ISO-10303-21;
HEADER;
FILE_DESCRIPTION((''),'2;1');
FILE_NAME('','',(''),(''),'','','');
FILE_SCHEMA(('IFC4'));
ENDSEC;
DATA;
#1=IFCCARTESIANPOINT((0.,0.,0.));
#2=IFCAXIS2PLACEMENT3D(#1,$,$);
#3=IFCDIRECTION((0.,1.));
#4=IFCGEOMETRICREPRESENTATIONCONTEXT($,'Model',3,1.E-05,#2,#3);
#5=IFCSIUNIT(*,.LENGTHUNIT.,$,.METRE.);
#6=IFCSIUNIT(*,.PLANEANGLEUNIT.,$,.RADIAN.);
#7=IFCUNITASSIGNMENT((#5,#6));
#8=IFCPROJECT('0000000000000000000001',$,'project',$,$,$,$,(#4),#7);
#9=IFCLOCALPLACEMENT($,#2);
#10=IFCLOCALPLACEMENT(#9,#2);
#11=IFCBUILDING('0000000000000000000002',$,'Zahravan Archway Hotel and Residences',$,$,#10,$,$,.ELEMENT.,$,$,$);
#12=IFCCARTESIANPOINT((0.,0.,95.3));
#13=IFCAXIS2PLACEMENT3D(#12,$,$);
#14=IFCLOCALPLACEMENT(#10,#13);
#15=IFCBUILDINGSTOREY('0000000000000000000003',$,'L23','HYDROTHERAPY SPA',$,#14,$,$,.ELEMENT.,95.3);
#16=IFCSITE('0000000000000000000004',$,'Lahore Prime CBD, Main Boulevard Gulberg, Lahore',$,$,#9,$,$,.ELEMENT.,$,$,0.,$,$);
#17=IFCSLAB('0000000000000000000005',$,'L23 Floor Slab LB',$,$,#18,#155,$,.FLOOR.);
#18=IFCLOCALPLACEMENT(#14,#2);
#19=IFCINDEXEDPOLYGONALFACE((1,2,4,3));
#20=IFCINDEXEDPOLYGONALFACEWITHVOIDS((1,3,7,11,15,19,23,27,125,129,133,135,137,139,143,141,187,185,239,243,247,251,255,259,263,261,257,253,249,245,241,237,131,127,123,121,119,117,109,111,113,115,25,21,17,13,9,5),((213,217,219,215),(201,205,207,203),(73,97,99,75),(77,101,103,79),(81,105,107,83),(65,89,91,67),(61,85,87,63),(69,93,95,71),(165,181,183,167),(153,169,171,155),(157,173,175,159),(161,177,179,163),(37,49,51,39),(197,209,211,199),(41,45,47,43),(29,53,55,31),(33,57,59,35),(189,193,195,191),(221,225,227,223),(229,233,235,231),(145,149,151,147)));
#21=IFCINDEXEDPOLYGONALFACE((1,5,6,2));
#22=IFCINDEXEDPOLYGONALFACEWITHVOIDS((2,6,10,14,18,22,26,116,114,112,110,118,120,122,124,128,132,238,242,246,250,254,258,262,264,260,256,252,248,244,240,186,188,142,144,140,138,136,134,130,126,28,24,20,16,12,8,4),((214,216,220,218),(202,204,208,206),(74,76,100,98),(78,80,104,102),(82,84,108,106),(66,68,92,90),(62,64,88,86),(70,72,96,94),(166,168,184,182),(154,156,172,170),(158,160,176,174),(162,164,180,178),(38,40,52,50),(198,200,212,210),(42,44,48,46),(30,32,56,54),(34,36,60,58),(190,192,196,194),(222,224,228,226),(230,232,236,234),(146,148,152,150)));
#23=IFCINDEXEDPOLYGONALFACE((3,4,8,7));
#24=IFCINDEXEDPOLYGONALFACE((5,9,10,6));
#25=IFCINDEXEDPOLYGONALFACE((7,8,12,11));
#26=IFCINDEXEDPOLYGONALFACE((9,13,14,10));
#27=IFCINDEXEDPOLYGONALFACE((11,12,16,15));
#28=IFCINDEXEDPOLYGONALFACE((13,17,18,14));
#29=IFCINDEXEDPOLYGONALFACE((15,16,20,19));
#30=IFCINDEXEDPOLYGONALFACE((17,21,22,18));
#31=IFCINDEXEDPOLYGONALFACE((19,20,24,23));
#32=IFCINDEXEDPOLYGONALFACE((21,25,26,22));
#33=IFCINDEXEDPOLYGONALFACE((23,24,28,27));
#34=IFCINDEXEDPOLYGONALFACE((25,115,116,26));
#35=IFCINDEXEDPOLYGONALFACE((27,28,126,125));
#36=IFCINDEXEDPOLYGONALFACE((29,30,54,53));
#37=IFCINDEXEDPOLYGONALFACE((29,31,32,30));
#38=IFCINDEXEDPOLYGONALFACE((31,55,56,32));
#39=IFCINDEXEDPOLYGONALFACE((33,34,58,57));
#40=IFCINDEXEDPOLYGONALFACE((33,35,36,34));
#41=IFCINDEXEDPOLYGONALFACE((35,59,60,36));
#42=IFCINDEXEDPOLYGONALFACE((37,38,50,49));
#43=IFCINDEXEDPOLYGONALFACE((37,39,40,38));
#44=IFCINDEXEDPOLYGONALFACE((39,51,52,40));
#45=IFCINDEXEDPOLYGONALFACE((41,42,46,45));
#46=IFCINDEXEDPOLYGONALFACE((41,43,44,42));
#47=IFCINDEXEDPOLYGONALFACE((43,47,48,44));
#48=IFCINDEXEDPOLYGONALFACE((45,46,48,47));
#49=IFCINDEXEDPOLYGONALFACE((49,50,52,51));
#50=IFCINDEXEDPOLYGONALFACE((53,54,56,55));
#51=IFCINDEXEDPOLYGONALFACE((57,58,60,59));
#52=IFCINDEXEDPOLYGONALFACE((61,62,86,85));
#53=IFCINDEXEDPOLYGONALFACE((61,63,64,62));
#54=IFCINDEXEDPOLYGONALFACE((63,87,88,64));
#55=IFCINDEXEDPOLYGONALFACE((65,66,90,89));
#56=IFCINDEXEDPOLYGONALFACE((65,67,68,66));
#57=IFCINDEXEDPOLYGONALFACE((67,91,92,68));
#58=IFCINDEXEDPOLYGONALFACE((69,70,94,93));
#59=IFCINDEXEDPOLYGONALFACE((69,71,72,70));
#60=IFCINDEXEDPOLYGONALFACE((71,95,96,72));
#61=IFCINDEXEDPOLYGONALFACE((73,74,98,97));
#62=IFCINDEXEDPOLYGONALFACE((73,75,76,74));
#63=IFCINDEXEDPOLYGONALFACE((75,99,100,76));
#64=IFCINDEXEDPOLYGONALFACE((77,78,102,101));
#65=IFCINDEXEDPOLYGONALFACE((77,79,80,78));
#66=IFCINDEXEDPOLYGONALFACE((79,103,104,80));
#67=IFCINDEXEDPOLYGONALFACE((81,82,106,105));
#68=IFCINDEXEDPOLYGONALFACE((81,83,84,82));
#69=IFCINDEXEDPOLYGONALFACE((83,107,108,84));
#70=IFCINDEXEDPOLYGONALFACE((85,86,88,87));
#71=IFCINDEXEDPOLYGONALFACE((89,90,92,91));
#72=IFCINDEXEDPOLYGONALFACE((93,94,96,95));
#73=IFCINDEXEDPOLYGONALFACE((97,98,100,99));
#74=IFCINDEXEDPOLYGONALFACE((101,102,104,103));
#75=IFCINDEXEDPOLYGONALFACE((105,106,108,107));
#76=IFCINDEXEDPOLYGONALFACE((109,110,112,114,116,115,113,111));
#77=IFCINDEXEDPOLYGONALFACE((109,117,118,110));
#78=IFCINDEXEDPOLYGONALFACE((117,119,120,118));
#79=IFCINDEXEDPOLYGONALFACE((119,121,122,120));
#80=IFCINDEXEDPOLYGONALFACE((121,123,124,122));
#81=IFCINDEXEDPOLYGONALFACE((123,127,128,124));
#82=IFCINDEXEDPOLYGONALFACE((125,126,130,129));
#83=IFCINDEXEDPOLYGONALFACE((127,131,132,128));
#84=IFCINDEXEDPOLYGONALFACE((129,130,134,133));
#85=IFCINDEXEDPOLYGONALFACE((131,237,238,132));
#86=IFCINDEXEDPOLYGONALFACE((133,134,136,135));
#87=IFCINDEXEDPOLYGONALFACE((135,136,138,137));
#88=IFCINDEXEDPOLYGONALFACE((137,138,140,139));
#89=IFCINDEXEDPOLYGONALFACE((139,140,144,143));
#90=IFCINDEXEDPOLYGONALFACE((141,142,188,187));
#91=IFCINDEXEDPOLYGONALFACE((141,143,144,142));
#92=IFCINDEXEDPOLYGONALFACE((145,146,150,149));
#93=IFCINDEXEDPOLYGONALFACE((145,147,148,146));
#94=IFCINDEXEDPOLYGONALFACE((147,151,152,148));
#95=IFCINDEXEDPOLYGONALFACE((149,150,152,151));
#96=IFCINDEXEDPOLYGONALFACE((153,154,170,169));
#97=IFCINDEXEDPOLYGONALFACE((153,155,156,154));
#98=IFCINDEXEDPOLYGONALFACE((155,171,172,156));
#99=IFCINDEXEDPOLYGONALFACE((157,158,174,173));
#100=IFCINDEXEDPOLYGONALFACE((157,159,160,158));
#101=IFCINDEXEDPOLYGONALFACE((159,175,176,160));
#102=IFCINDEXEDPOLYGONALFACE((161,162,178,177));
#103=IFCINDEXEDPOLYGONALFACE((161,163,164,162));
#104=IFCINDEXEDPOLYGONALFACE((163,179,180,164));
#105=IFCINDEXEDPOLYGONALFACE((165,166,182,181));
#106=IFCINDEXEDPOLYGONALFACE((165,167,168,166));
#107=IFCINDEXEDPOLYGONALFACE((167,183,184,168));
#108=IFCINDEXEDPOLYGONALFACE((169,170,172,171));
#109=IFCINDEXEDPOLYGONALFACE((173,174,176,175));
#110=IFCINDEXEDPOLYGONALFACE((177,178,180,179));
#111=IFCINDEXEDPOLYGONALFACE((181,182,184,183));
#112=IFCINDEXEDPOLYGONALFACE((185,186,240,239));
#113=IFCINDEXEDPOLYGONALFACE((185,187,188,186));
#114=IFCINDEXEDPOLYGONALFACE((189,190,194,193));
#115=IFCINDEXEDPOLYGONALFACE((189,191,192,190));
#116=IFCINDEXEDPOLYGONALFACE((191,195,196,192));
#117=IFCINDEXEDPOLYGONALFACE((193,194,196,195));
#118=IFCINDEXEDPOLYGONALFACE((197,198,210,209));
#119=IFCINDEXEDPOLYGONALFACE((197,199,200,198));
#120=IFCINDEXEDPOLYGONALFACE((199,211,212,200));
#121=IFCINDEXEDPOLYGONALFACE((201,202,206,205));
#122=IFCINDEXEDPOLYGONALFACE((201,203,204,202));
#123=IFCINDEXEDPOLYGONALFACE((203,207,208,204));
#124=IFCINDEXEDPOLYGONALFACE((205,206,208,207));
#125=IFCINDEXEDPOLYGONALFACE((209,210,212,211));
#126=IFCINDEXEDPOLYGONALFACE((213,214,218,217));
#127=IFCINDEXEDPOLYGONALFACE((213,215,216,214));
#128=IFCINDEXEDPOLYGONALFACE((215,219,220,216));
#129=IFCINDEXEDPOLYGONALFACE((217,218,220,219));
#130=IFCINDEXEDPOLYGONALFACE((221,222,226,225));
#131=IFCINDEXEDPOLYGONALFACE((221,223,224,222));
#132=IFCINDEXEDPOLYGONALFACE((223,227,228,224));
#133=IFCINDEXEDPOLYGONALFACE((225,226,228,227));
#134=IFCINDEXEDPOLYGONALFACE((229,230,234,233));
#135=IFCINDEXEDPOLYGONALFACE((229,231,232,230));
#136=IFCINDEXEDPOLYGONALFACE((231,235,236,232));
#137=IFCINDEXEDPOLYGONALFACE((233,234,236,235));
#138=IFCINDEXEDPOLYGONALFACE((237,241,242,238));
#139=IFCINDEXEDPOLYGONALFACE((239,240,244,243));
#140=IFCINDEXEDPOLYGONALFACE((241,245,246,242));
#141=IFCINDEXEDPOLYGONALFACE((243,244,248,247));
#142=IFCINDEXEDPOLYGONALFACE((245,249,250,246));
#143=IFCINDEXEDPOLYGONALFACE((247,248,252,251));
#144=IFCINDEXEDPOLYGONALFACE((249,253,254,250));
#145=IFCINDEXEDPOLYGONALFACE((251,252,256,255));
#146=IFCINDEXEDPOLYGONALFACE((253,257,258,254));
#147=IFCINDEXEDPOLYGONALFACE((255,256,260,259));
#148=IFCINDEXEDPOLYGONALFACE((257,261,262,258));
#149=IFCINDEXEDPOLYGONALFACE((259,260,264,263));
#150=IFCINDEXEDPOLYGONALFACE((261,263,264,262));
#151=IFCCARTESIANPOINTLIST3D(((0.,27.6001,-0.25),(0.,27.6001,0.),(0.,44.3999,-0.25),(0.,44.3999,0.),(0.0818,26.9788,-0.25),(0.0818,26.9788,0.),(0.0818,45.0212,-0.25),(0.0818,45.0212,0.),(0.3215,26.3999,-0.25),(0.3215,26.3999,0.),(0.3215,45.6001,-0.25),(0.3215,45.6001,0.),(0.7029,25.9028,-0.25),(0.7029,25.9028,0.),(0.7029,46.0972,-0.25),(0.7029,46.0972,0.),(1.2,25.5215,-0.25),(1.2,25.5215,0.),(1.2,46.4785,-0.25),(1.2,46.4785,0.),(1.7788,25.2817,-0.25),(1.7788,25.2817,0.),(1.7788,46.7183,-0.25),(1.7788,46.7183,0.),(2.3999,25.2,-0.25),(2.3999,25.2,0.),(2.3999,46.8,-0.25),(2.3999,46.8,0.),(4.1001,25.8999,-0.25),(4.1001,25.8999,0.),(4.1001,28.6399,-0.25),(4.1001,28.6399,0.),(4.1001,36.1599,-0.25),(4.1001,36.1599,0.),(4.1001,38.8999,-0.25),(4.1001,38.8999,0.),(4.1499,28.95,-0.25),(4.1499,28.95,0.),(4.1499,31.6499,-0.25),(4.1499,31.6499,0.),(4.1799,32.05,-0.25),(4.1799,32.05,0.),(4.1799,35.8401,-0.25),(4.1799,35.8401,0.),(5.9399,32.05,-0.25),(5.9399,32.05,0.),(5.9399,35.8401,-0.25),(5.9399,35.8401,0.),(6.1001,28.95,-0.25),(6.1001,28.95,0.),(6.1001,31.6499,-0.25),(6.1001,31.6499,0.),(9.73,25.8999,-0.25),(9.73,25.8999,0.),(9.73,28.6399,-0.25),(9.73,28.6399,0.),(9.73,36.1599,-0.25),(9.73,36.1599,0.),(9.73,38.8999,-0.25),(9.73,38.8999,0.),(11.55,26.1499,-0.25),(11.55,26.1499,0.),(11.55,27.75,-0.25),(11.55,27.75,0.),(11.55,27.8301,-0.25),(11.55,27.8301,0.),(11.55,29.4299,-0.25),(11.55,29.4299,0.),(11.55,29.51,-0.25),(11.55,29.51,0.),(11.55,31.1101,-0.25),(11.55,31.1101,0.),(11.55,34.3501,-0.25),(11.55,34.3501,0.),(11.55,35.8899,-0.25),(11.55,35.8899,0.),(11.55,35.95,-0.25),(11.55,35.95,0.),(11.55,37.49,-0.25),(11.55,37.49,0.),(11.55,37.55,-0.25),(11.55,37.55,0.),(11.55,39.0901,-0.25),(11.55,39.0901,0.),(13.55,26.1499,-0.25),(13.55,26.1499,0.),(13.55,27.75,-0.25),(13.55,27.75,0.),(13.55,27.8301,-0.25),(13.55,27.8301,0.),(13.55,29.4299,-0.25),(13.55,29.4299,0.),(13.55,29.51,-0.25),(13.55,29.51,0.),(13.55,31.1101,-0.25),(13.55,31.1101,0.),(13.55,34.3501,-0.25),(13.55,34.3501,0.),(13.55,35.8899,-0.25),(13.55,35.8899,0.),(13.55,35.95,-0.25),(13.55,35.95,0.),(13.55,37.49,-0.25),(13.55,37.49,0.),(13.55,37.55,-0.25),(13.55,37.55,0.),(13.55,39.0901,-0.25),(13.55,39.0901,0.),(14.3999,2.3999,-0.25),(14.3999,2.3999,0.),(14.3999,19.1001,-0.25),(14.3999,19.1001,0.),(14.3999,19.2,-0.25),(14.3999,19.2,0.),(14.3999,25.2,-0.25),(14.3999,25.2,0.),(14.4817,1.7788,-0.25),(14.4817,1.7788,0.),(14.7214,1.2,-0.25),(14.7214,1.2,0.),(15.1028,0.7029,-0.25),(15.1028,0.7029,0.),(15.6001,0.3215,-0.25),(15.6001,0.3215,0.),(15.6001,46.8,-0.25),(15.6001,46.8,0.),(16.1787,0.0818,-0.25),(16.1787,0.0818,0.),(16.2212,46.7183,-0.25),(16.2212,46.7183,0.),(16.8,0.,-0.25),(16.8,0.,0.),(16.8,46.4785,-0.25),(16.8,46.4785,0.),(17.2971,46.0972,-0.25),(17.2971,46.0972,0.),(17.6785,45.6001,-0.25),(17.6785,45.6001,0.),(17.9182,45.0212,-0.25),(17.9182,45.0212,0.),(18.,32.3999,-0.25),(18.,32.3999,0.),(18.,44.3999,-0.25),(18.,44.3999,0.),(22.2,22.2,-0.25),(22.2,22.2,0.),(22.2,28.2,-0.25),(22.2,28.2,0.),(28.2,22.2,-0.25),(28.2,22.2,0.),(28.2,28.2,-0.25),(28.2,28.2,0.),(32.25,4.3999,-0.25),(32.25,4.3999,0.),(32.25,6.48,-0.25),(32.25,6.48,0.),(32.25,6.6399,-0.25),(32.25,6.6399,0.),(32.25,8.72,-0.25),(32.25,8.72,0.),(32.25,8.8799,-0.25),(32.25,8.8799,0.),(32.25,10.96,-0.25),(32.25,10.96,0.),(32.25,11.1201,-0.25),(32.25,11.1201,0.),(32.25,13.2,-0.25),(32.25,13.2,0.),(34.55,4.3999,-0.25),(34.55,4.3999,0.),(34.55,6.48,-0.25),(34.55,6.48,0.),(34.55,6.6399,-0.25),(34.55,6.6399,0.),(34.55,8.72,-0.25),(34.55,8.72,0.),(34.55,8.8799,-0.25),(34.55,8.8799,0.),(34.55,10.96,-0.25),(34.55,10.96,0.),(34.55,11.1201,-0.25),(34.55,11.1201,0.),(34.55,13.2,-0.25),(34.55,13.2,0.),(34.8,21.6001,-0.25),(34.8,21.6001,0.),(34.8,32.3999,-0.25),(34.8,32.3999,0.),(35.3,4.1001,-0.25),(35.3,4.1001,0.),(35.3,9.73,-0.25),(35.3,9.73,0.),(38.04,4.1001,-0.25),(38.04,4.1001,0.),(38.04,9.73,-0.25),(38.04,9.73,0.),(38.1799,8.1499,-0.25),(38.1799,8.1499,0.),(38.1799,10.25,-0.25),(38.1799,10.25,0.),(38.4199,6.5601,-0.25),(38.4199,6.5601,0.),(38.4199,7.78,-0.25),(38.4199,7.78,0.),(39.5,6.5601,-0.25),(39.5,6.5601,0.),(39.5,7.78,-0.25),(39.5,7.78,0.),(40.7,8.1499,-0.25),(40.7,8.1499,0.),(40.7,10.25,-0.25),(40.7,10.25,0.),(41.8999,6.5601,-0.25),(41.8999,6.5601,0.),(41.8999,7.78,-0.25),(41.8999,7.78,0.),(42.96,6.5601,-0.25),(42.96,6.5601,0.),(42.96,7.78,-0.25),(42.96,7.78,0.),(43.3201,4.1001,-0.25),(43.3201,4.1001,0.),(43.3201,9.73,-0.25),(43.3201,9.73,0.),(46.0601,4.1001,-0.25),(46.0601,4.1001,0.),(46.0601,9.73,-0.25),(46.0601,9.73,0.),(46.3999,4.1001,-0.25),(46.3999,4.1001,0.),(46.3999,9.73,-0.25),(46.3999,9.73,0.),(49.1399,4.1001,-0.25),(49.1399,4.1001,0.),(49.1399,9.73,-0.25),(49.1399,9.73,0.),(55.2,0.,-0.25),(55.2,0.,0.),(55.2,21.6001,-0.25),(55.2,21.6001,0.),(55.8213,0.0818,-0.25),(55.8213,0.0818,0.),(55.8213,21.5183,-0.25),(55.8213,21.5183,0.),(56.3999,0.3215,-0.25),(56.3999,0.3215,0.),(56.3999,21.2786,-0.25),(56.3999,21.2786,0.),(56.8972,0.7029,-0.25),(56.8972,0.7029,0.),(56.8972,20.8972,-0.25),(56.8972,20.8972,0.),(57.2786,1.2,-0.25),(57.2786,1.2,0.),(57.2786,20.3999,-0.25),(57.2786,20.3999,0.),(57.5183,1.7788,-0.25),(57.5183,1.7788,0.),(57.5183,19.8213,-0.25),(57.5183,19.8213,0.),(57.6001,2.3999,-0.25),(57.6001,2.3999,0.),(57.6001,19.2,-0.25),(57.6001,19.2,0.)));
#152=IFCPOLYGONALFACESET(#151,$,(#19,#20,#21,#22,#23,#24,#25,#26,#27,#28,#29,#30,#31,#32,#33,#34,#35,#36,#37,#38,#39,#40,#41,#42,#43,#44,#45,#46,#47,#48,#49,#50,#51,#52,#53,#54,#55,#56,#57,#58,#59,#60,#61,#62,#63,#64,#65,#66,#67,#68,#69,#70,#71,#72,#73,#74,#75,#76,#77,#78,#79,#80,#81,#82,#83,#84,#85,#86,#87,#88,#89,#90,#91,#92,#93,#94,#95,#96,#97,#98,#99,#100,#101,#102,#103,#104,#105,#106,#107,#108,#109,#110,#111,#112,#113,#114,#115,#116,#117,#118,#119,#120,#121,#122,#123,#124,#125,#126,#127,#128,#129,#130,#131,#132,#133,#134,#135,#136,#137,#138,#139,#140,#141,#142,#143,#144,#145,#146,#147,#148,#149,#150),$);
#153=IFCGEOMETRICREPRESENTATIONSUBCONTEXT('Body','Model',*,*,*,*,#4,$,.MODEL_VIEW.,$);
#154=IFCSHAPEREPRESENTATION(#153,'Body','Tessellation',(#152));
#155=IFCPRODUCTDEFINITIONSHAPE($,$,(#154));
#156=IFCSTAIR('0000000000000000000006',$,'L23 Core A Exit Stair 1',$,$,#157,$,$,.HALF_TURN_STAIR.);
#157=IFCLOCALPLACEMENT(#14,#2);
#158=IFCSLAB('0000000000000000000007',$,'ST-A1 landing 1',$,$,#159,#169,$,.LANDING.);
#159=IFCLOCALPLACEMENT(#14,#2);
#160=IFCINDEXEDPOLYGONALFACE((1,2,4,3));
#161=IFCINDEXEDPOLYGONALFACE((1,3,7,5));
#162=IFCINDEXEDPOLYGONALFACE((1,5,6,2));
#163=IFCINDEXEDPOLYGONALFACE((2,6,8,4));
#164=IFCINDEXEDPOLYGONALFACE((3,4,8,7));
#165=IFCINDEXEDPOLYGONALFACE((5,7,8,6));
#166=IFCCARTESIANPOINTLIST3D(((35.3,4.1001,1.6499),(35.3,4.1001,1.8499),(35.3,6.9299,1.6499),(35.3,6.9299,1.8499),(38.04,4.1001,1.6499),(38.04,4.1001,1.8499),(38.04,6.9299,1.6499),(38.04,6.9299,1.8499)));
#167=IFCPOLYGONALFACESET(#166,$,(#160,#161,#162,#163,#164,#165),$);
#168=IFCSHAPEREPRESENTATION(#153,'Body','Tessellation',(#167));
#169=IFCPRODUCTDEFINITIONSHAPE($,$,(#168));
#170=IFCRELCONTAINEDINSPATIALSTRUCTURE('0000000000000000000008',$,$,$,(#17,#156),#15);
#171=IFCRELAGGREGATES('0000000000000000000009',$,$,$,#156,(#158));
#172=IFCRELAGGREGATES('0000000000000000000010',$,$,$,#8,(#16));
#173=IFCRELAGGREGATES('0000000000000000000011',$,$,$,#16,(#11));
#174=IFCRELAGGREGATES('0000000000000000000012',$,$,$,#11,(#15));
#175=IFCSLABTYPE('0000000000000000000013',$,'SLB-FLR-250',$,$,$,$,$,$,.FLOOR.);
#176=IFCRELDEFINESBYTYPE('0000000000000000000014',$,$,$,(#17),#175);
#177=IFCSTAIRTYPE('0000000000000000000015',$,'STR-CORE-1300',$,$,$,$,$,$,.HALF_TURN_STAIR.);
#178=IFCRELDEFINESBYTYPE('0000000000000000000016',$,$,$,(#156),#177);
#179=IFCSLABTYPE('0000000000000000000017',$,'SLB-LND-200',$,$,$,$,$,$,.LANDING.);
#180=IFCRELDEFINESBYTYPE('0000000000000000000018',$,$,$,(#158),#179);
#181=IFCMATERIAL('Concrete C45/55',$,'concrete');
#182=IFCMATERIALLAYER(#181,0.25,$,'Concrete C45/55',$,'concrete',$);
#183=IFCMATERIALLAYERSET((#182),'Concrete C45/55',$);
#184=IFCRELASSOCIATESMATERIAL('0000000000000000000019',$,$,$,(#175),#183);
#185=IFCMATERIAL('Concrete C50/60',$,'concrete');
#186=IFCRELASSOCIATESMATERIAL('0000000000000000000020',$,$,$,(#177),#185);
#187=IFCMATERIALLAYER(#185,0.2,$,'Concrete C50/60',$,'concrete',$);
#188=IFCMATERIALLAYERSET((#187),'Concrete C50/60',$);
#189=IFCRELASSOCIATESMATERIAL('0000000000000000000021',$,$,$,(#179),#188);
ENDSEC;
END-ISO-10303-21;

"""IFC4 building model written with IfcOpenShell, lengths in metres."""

from ifc_helpers import new_model, si_unit, direction, frame, origin, place, context, subcontext, project, spatial, polyline, outline, extrude, material, layer, layer_set, type_object, element, aggregate, save


model = new_model("IFC4")

# Units and contexts
model_context = context("Model", 3, precision=1e-05, world=origin(), true_north=direction((0.0, 1.0)))
body_context = subcontext(model_context, "Body", "Model", "MODEL_VIEW")
ifc_project = project(units=[si_unit("LENGTHUNIT", "METRE"), si_unit("PLANEANGLEUNIT", "RADIAN")], contexts=[model_context])

# Site, building, storey
site_placement = place(None, origin())
site = spatial("IfcSite", under=ifc_project, at=site_placement, Name="Lahore Prime CBD, Main Boulevard Gulberg, Lahore", CompositionType="ELEMENT", RefElevation=0.0)
building_placement = place(site_placement, origin())
building = spatial("IfcBuilding", under=site, at=building_placement, Name="Zahravan Archway Hotel and Residences", CompositionType="ELEMENT")
storey_placement = place(building_placement, frame((0.0, 0.0, 95.3)))
storey = spatial("IfcBuildingStorey", under=building, at=storey_placement, Name="L23", Description="HYDROTHERAPY SPA", CompositionType="ELEMENT", Elevation=95.3)

# Slab
ifc_material_1 = material(Name="Concrete C45/55", Category="concrete")
ifc_layer_1 = layer(ifc_material_1, 0.25, Name="Concrete C45/55", Category="concrete")
ifc_layer_set_1 = layer_set([ifc_layer_1], Name="Concrete C45/55")
slab_type_1 = type_object("IfcSlabType", Name="SLB-FLR-250", PredefinedType="FLOOR", material=ifc_layer_set_1)
slab_1_placement = place(storey_placement, frame((0.0, 0.0, -0.25)))
element("IfcSlab", 1, at=slab_1_placement, inside=storey, type_object=slab_type_1, Name="L23 Floor Slab LB", PredefinedType="FLOOR", context=body_context, shape_type="SweptSolid", body=[
    extrude(outline(polyline([(34.8, 21.6001), (34.8, 32.3999), (18.0, 32.3999), (18.0, 44.3999), (17.9182, 45.0212), (17.6785, 45.6001), (17.2971, 46.0972), (16.8, 46.4785), (16.2212, 46.7183), (15.6001, 46.8), (2.3999, 46.8), (1.7788, 46.7183), (1.2, 46.4785), (0.7029, 46.0972), (0.3215, 45.6001), (0.0818, 45.0212), (0.0, 44.3999), (0.0, 27.6001), (0.0818, 26.9788), (0.3215, 26.3999), (0.7029, 25.9028), (1.2, 25.5215), (1.7788, 25.2817), (2.3999, 25.2), (14.3999, 25.2), (14.3999, 19.2), (14.3999, 19.1001), (14.3999, 2.3999), (14.4817, 1.7788), (14.7214, 1.2), (15.1028, 0.7029), (15.6001, 0.3215), (16.1787, 0.0818), (16.8, 0.0), (55.2, 0.0), (55.8213, 0.0818), (56.3999, 0.3215), (56.8972, 0.7029), (57.2786, 1.2), (57.5183, 1.7788), (57.6001, 2.3999), (57.6001, 19.2), (57.5183, 19.8213), (57.2786, 20.3999), (56.8972, 20.8972), (56.3999, 21.2786), (55.8213, 21.5183), (55.2, 21.6001), (34.8, 21.6001)]), holes=[polyline([(35.3, 9.73), (35.3, 4.1001), (38.04, 4.1001), (38.04, 9.73), (35.3, 9.73)]), polyline([(43.3201, 9.73), (43.3201, 4.1001), (46.0601, 4.1001), (46.0601, 9.73), (43.3201, 9.73)]), polyline([(46.3999, 9.73), (46.3999, 4.1001), (49.1399, 4.1001), (49.1399, 9.73), (46.3999, 9.73)]), polyline([(9.73, 28.6399), (4.1001, 28.6399), (4.1001, 25.8999), (9.73, 25.8999), (9.73, 28.6399)]), polyline([(9.73, 38.8999), (4.1001, 38.8999), (4.1001, 36.1599), (9.73, 36.1599), (9.73, 38.8999)]), polyline([(38.1799, 8.1499), (40.7, 8.1499), (40.7, 10.25), (38.1799, 10.25), (38.1799, 8.1499)]), polyline([(4.1499, 28.95), (6.1001, 28.95), (6.1001, 31.6499), (4.1499, 31.6499), (4.1499, 28.95)]), polyline([(11.55, 26.1499), (13.55, 26.1499), (13.55, 27.75), (11.55, 27.75), (11.55, 26.1499)]), polyline([(11.55, 27.8301), (13.55, 27.8301), (13.55, 29.4299), (11.55, 29.4299), (11.55, 27.8301)]), polyline([(11.55, 29.51), (13.55, 29.51), (13.55, 31.1101), (11.55, 31.1101), (11.55, 29.51)]), polyline([(11.55, 34.3501), (13.55, 34.3501), (13.55, 35.8899), (11.55, 35.8899), (11.55, 34.3501)]), polyline([(11.55, 35.95), (13.55, 35.95), (13.55, 37.49), (11.55, 37.49), (11.55, 35.95)]), polyline([(11.55, 37.55), (13.55, 37.55), (13.55, 39.0901), (11.55, 39.0901), (11.55, 37.55)]), polyline([(32.25, 4.3999), (34.55, 4.3999), (34.55, 6.48), (32.25, 6.48), (32.25, 4.3999)]), polyline([(32.25, 6.6399), (34.55, 6.6399), (34.55, 8.72), (32.25, 8.72), (32.25, 6.6399)]), polyline([(32.25, 8.8799), (34.55, 8.8799), (34.55, 10.96), (32.25, 10.96), (32.25, 8.8799)]), polyline([(32.25, 11.1201), (34.55, 11.1201), (34.55, 13.2), (32.25, 13.2), (32.25, 11.1201)]), polyline([(22.2, 22.2), (28.2, 22.2), (28.2, 28.2), (22.2, 28.2), (22.2, 22.2)]), polyline([(38.4199, 6.5601), (39.5, 6.5601), (39.5, 7.78), (38.4199, 7.78), (38.4199, 6.5601)]), polyline([(41.8999, 6.5601), (42.96, 6.5601), (42.96, 7.78), (41.8999, 7.78), (41.8999, 6.5601)]), polyline([(4.1799, 32.05), (5.9399, 32.05), (5.9399, 35.8401), (4.1799, 35.8401), (4.1799, 32.05)])]), origin(), (0.0, 0.0, 1.0), 0.25),
])

# Stair, slab
ifc_material_2 = material(Name="Concrete C50/60", Category="concrete")
stair_type = type_object("IfcStairType", Name="STR-CORE-1300", PredefinedType="HALF_TURN_STAIR", material=ifc_material_2)
stair_1_placement = place(storey_placement, origin())
stair_1 = element("IfcStair", 2, at=stair_1_placement, inside=storey, type_object=stair_type, Name="L23 Core A Exit Stair 1", PredefinedType="HALF_TURN_STAIR")
ifc_layer_2 = layer(ifc_material_2, 0.2, Name="Concrete C50/60", Category="concrete")
ifc_layer_set_2 = layer_set([ifc_layer_2], Name="Concrete C50/60")
slab_type_2 = type_object("IfcSlabType", Name="SLB-LND-200", PredefinedType="LANDING", material=ifc_layer_set_2)
slab_2_placement = place(storey_placement, frame((0.0, 0.0, 1.6499)))
slab_2 = element("IfcSlab", 3, at=slab_2_placement, type_object=slab_type_2, Name="ST-A1 landing 1", PredefinedType="LANDING", context=body_context, shape_type="SweptSolid", body=[
    extrude(outline(polyline([(35.3, 6.9299), (35.3, 4.1001), (38.04, 4.1001), (38.04, 6.9299), (35.3, 6.9299)])), origin(), (0.0, 0.0, 1.0), 0.2),
])
aggregate(stair_1, [slab_2])

save(model, "model.ifc")
